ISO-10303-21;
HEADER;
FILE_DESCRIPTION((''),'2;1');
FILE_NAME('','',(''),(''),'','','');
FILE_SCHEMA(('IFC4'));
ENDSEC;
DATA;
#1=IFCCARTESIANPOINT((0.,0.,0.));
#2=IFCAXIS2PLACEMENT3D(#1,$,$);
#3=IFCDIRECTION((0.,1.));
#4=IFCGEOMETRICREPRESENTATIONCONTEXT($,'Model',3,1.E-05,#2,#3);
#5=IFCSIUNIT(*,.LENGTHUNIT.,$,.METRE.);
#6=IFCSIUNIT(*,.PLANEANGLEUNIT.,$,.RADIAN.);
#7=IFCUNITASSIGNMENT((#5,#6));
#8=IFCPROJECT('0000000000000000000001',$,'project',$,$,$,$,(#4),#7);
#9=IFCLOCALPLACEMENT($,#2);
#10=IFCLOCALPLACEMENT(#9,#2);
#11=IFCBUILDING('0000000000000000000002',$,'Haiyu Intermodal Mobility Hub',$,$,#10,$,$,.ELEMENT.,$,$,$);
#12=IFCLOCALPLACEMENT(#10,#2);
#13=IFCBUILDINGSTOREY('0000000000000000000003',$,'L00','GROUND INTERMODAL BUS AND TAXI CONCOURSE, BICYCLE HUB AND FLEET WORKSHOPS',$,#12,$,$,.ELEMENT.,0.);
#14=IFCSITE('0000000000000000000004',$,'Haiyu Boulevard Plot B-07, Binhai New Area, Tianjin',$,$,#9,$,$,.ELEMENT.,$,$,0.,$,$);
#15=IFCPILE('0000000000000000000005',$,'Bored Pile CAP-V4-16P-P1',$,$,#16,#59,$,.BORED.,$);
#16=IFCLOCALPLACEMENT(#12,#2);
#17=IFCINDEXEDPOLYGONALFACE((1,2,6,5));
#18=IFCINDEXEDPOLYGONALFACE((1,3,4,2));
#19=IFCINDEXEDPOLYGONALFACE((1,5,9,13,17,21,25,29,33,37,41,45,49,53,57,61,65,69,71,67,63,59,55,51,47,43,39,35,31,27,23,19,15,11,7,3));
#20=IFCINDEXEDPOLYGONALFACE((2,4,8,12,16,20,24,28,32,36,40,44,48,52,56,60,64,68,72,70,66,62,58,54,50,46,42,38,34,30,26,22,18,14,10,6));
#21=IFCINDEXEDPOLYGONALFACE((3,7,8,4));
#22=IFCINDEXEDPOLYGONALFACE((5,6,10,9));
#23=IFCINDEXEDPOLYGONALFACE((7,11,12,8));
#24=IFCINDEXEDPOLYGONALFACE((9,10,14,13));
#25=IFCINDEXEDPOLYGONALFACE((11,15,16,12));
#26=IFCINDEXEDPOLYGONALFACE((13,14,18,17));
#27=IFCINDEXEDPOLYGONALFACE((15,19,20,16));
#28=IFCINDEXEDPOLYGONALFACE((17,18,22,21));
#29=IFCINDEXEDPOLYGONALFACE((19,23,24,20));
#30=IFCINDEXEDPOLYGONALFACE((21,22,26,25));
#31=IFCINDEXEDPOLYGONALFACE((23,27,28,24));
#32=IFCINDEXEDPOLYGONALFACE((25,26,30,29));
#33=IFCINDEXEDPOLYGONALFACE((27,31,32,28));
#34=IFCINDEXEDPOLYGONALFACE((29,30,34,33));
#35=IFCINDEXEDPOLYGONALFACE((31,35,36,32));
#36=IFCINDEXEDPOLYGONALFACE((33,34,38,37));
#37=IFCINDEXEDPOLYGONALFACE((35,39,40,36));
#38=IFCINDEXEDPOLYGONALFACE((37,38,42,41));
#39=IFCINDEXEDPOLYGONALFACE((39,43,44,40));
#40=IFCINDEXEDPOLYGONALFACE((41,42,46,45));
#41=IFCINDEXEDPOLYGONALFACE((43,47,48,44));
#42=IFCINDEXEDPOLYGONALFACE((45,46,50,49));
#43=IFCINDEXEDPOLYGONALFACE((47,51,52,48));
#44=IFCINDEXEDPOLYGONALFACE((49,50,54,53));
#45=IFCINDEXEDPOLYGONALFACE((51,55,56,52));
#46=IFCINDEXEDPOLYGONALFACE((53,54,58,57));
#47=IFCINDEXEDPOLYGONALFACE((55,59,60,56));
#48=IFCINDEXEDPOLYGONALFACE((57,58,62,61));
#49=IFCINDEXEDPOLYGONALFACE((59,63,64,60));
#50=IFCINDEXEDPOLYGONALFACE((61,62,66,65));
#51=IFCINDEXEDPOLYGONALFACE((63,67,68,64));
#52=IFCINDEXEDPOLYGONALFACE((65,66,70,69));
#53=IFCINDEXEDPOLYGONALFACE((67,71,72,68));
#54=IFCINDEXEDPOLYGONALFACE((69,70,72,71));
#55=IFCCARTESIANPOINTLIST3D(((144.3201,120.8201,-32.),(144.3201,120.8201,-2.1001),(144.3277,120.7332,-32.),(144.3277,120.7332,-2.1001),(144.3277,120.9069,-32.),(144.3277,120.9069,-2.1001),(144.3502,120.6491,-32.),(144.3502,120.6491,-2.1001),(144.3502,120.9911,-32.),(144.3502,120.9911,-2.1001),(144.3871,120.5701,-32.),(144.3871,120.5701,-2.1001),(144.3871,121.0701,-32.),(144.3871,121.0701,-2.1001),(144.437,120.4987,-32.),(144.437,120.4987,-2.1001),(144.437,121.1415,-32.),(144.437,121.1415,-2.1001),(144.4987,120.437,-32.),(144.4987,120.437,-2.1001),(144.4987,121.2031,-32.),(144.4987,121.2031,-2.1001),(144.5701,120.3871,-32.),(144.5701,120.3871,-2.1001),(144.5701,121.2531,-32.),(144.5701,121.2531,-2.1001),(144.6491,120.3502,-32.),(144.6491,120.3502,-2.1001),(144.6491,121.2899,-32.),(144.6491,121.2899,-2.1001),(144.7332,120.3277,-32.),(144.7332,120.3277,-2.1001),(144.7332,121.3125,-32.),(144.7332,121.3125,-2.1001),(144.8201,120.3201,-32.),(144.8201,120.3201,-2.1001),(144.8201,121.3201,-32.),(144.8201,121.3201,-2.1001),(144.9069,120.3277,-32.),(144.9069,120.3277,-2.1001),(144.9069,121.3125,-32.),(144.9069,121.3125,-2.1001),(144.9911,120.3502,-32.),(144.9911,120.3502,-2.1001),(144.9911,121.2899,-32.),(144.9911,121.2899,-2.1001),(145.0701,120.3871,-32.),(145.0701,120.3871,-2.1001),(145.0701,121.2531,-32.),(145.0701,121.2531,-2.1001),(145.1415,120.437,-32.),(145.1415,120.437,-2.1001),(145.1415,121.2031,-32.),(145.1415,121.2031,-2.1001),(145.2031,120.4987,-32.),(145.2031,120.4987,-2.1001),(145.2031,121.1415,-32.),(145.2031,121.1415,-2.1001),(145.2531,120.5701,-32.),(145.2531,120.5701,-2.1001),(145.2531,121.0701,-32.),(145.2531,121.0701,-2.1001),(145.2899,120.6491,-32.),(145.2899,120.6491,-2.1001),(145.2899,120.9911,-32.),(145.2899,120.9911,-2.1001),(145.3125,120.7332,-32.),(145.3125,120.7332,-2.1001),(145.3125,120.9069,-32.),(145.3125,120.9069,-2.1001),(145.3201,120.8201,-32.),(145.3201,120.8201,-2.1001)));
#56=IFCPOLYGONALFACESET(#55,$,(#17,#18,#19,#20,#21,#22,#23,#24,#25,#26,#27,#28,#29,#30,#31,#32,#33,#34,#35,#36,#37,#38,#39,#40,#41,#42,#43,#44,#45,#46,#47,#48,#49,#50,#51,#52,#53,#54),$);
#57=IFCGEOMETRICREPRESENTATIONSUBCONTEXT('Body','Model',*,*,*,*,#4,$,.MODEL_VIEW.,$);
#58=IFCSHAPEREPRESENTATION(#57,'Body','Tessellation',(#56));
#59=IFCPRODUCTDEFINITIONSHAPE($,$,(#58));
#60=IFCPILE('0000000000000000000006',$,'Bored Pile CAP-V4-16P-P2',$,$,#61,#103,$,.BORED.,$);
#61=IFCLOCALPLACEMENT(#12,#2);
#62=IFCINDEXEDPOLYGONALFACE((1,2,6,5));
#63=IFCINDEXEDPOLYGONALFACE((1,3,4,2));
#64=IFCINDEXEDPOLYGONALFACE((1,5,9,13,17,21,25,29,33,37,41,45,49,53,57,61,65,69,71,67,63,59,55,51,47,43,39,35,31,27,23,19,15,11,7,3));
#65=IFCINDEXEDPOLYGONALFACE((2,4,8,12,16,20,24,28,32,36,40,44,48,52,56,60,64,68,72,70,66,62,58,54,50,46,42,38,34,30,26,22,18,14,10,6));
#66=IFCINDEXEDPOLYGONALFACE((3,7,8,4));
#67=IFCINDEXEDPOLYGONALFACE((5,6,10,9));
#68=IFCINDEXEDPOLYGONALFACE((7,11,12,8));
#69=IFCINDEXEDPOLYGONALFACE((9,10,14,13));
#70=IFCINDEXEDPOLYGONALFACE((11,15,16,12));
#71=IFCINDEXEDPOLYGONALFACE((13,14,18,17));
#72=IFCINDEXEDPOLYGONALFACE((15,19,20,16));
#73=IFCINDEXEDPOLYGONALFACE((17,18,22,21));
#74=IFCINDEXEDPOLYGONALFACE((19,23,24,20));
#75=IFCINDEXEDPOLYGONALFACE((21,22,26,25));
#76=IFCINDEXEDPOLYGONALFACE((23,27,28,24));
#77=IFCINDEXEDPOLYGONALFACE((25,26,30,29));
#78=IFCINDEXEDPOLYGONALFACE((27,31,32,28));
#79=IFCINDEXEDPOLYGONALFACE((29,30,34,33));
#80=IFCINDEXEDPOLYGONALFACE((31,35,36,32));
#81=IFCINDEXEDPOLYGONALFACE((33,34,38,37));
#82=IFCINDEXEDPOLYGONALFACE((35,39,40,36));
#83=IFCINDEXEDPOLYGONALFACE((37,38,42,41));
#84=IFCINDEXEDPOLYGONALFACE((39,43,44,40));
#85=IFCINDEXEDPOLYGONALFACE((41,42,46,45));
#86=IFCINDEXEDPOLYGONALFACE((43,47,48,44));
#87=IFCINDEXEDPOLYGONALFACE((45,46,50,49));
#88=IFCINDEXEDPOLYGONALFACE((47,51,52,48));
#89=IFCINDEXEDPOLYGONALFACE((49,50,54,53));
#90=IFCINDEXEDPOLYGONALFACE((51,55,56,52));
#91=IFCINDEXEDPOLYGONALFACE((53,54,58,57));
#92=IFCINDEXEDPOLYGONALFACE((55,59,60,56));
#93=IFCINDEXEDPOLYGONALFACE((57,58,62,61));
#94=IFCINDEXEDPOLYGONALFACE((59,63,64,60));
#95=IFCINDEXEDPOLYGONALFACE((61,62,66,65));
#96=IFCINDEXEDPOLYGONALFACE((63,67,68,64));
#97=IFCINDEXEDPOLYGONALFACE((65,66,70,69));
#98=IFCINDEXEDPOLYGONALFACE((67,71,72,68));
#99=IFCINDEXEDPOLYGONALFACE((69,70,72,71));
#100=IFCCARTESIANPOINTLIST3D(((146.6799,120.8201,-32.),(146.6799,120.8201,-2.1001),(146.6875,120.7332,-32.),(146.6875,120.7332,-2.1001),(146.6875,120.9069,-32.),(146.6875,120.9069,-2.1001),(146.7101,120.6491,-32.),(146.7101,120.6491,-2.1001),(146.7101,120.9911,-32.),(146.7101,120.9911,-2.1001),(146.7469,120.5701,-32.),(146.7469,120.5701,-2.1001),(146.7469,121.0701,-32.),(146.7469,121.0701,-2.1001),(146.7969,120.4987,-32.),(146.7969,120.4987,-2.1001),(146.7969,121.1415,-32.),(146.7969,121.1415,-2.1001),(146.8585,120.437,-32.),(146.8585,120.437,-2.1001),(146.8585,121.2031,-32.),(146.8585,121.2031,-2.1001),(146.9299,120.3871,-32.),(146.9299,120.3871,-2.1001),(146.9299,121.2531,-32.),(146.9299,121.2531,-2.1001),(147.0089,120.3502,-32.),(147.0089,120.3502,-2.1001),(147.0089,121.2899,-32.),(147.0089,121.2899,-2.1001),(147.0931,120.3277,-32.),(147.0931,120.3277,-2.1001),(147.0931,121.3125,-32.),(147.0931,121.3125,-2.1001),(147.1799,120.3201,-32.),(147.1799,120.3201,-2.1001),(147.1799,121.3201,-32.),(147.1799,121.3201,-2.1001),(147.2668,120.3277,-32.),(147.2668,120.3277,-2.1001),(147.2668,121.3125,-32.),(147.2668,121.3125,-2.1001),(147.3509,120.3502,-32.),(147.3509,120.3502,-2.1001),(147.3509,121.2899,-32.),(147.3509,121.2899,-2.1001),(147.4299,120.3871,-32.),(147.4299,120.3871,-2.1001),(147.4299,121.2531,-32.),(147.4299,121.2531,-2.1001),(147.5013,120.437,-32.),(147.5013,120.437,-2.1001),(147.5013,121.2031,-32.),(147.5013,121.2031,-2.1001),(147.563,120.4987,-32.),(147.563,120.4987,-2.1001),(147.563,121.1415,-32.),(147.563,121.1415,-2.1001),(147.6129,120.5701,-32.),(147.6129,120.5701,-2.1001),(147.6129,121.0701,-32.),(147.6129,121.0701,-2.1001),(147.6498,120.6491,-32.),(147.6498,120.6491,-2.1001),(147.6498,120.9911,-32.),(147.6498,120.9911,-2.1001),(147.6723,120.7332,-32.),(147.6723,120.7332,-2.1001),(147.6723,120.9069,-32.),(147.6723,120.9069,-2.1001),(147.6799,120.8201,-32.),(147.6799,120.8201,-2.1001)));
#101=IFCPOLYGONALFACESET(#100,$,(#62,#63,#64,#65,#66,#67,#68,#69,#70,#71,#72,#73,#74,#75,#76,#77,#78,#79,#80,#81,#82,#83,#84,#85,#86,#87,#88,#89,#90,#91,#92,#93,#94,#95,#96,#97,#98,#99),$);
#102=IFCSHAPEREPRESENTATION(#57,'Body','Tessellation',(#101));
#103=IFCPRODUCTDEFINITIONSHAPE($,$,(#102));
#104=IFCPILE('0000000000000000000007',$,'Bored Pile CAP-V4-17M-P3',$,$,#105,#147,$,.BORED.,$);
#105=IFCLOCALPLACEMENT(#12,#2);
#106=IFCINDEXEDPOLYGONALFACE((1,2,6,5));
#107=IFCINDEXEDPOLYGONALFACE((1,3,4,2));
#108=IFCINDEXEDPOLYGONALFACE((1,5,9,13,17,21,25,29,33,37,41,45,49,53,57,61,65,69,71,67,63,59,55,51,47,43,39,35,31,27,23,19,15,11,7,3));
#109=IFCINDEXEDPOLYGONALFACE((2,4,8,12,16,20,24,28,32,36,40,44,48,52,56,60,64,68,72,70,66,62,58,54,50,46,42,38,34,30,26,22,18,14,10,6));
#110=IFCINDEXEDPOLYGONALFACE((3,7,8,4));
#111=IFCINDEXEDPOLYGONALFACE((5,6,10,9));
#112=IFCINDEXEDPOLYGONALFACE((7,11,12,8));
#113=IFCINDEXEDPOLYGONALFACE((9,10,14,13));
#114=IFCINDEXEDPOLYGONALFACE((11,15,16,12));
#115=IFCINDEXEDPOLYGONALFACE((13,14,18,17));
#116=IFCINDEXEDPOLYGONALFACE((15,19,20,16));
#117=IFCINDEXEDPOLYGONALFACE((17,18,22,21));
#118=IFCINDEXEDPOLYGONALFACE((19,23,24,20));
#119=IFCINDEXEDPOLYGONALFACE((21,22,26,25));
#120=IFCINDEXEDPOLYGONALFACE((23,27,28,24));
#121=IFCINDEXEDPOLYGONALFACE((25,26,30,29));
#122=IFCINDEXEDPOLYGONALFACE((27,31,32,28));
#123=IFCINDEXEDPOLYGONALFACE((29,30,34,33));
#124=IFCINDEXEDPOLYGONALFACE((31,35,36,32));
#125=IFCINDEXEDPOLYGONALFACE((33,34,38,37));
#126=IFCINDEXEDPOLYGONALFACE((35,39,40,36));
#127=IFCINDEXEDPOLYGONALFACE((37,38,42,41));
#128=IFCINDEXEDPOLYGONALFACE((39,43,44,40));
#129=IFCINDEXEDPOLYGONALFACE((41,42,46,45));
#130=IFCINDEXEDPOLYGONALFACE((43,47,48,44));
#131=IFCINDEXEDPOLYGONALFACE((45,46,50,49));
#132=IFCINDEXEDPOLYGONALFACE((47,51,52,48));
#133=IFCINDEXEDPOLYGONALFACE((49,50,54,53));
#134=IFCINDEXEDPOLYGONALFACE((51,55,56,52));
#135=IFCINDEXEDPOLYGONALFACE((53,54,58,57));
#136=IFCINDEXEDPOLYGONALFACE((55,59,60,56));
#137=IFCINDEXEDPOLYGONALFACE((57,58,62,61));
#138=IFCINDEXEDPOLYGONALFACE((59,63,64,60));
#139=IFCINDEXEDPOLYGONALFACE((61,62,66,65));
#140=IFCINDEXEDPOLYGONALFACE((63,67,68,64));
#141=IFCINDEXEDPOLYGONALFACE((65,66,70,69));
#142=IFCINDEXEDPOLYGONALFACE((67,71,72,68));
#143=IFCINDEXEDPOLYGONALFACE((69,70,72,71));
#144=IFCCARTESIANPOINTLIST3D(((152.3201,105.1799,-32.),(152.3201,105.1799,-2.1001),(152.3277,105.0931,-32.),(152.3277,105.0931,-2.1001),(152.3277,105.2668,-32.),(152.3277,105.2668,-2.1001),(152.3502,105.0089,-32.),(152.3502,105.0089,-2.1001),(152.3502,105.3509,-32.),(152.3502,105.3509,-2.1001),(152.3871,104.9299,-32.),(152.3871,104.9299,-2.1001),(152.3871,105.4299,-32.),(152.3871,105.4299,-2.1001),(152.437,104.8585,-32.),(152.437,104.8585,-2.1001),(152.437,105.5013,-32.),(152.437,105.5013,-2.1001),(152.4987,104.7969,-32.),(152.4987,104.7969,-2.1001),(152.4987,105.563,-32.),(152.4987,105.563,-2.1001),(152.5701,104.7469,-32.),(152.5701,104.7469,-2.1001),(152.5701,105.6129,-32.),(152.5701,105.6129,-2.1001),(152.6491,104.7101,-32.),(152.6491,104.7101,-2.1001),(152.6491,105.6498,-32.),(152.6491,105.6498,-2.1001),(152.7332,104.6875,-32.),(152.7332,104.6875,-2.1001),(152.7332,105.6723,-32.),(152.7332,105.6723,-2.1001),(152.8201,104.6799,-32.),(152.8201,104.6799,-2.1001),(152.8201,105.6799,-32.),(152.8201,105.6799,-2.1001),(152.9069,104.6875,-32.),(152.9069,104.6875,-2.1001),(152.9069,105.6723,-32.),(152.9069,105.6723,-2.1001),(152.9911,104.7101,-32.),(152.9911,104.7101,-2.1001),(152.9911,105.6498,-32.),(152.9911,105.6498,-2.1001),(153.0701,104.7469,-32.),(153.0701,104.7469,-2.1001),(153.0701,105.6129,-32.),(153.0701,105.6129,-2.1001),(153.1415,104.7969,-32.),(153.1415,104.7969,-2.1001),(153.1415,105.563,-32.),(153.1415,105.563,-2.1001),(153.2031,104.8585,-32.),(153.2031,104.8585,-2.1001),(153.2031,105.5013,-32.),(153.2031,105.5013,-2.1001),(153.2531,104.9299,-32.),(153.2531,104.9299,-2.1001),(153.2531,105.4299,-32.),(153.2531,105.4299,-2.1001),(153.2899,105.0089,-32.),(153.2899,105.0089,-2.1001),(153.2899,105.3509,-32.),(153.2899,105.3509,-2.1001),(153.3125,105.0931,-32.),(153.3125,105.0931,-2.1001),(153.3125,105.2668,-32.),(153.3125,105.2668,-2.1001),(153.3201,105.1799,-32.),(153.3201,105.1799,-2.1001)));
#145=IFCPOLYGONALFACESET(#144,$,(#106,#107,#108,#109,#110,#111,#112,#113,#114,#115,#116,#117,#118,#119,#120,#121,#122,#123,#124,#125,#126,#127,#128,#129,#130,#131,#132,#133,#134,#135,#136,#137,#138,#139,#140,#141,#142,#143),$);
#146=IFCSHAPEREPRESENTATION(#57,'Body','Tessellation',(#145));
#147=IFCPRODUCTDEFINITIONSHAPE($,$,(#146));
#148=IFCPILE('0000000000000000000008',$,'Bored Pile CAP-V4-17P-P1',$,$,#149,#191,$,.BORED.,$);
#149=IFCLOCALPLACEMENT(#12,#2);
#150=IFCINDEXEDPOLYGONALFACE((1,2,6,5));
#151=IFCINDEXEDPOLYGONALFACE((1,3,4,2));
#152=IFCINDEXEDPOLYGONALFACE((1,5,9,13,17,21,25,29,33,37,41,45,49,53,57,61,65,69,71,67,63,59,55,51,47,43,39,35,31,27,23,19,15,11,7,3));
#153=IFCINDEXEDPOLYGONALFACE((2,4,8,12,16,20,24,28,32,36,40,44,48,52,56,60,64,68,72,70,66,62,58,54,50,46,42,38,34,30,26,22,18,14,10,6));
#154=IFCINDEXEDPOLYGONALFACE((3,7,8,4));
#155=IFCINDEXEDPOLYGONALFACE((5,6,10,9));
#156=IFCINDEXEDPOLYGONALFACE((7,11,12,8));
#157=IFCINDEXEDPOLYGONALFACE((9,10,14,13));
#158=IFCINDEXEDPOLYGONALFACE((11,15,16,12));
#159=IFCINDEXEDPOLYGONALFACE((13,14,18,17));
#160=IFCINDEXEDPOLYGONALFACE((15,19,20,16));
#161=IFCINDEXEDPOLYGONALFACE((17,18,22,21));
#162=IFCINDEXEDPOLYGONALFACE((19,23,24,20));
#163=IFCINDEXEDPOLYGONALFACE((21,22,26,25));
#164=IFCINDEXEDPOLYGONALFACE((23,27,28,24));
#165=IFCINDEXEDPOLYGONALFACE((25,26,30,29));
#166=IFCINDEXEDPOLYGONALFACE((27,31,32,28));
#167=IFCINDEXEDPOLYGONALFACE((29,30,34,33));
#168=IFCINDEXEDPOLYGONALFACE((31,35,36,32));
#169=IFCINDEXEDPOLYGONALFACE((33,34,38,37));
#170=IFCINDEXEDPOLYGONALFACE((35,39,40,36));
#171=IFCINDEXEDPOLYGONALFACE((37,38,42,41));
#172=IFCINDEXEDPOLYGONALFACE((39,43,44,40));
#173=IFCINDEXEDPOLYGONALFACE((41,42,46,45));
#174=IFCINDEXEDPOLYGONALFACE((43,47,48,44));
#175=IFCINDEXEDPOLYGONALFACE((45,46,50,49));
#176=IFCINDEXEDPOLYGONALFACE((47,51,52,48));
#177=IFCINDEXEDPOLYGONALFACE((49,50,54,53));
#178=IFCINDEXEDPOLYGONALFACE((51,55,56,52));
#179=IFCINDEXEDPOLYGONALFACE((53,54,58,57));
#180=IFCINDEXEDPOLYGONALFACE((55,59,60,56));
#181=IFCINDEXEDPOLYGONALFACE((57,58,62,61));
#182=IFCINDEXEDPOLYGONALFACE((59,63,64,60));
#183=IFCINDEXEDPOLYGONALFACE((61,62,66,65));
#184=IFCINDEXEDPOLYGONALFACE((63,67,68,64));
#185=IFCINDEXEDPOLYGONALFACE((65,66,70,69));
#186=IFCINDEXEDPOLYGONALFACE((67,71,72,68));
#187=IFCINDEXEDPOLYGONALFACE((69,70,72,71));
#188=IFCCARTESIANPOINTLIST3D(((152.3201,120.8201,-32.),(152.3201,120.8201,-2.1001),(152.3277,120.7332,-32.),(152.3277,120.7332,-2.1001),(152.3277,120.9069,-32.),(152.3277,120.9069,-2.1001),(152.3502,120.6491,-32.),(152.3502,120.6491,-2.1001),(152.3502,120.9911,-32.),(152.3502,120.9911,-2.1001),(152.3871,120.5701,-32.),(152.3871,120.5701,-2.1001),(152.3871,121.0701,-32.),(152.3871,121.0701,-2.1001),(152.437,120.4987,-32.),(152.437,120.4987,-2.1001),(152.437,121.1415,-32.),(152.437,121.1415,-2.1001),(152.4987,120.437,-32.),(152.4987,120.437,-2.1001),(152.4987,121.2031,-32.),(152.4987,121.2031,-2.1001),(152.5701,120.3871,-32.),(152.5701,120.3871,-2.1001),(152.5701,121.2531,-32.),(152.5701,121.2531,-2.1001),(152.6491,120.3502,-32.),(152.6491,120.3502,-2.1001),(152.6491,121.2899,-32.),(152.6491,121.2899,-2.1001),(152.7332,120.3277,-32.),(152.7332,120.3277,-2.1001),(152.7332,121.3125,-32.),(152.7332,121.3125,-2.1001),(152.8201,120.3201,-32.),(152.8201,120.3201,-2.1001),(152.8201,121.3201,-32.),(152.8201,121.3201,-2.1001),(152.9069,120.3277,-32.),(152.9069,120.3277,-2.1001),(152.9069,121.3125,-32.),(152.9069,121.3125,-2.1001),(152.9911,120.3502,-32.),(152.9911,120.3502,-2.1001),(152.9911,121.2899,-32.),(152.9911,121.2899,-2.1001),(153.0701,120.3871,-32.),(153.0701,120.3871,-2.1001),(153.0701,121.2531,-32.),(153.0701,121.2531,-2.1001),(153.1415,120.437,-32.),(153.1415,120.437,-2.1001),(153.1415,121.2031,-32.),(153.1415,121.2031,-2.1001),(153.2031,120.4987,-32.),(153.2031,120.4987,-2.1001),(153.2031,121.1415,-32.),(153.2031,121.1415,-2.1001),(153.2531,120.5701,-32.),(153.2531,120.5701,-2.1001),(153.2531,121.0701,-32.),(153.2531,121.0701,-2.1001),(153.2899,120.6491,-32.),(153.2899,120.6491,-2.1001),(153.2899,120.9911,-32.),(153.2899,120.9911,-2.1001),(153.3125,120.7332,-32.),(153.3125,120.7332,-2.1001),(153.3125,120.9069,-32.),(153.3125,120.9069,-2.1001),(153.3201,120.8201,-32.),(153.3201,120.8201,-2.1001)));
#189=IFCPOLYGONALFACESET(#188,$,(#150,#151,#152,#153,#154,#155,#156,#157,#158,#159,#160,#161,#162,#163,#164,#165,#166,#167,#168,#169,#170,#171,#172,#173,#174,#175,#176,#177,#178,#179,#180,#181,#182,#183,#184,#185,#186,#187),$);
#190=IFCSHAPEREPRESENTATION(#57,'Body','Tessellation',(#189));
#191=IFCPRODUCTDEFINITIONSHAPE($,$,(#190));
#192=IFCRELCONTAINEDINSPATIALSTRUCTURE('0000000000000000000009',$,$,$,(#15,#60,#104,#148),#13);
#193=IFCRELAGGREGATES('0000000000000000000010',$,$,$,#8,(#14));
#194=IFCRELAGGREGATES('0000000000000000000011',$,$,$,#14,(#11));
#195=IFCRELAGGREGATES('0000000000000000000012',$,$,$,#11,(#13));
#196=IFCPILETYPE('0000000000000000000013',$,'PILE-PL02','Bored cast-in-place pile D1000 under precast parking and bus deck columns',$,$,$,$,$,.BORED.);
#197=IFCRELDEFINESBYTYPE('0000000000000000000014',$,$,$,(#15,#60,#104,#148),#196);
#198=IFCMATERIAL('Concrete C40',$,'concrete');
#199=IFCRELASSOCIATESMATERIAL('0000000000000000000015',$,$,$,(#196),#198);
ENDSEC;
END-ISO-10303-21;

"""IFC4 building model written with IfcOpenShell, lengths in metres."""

from ifc_helpers import new_model, si_unit, direction, frame, origin, origin_2d, place, context, subcontext, project, spatial, circle, extrude, material, material_profile, profile_set, type_object, element, save


model = new_model("IFC4")

# Units and contexts
model_context = context("Model", 3, precision=1e-05, world=origin(), true_north=direction((0.0, 1.0)))
body_context = subcontext(model_context, "Body", "Model", "MODEL_VIEW")
ifc_project = project(units=[si_unit("LENGTHUNIT", "METRE"), si_unit("PLANEANGLEUNIT", "RADIAN")], contexts=[model_context])

# Site, building, storey
site_placement = place(None, origin())
site = spatial("IfcSite", under=ifc_project, at=site_placement, Name="Haiyu Boulevard Plot B-07, Binhai New Area, Tianjin", CompositionType="ELEMENT", RefElevation=0.0)
building_placement = place(site_placement, origin())
building = spatial("IfcBuilding", under=site, at=building_placement, Name="Haiyu Intermodal Mobility Hub", CompositionType="ELEMENT")
storey_placement = place(building_placement, origin())
storey = spatial("IfcBuildingStorey", under=building, at=storey_placement, Name="L00", Description="GROUND INTERMODAL BUS AND TAXI CONCOURSE, BICYCLE HUB AND FLEET WORKSHOPS", CompositionType="ELEMENT", Elevation=0.0)

# Shared definitions
ifc_material_1 = material(Name="Concrete C40", Category="concrete")

# Piles
ifc_material_profile_1 = material_profile(ifc_material_1, circle(Radius=0.5, at=origin_2d()), Name="PILE-D1000")
ifc_profile_set_1 = profile_set([ifc_material_profile_1], Name="Concrete C40")
pile_type = type_object("IfcPileType", Name="PILE-PL02", Description="Bored cast-in-place pile D1000 under precast parking and bus deck columns", PredefinedType="BORED", material=ifc_profile_set_1)
for number, where, z_axis, x_axis, name in (
    (1, (144.8201, 120.8201, -2.1001), (0.0, 0.0, -1.0), (1.0, 0.0, 0.0), "Bored Pile CAP-V4-16P-P1"),
    (2, (147.1799, 120.8201, -2.1001), (0.0, 0.0, -1.0), (1.0, 0.0, 0.0), "Bored Pile CAP-V4-16P-P2"),
    (3, (152.8201, 105.1799, -2.1001), (0.0, 0.0, -1.0), (1.0, 0.0, 0.0), "Bored Pile CAP-V4-17M-P3"),
    (4, (152.8201, 120.8201, -2.1001), (0.0, 0.0, -1.0), (1.0, 0.0, 0.0), "Bored Pile CAP-V4-17P-P1"),
):
    element("IfcPile", number, at=place(storey_placement, frame(where, z_axis=z_axis, x_axis=x_axis)), inside=storey, type_object=pile_type, Name=name, PredefinedType="BORED", context=body_context, shape_type="SweptSolid", body=[
        extrude(circle(Radius=0.5, at=origin_2d()), origin(), (0.0, 0.0, 1.0), 29.8999),
    ])

save(model, "model.ifc")
